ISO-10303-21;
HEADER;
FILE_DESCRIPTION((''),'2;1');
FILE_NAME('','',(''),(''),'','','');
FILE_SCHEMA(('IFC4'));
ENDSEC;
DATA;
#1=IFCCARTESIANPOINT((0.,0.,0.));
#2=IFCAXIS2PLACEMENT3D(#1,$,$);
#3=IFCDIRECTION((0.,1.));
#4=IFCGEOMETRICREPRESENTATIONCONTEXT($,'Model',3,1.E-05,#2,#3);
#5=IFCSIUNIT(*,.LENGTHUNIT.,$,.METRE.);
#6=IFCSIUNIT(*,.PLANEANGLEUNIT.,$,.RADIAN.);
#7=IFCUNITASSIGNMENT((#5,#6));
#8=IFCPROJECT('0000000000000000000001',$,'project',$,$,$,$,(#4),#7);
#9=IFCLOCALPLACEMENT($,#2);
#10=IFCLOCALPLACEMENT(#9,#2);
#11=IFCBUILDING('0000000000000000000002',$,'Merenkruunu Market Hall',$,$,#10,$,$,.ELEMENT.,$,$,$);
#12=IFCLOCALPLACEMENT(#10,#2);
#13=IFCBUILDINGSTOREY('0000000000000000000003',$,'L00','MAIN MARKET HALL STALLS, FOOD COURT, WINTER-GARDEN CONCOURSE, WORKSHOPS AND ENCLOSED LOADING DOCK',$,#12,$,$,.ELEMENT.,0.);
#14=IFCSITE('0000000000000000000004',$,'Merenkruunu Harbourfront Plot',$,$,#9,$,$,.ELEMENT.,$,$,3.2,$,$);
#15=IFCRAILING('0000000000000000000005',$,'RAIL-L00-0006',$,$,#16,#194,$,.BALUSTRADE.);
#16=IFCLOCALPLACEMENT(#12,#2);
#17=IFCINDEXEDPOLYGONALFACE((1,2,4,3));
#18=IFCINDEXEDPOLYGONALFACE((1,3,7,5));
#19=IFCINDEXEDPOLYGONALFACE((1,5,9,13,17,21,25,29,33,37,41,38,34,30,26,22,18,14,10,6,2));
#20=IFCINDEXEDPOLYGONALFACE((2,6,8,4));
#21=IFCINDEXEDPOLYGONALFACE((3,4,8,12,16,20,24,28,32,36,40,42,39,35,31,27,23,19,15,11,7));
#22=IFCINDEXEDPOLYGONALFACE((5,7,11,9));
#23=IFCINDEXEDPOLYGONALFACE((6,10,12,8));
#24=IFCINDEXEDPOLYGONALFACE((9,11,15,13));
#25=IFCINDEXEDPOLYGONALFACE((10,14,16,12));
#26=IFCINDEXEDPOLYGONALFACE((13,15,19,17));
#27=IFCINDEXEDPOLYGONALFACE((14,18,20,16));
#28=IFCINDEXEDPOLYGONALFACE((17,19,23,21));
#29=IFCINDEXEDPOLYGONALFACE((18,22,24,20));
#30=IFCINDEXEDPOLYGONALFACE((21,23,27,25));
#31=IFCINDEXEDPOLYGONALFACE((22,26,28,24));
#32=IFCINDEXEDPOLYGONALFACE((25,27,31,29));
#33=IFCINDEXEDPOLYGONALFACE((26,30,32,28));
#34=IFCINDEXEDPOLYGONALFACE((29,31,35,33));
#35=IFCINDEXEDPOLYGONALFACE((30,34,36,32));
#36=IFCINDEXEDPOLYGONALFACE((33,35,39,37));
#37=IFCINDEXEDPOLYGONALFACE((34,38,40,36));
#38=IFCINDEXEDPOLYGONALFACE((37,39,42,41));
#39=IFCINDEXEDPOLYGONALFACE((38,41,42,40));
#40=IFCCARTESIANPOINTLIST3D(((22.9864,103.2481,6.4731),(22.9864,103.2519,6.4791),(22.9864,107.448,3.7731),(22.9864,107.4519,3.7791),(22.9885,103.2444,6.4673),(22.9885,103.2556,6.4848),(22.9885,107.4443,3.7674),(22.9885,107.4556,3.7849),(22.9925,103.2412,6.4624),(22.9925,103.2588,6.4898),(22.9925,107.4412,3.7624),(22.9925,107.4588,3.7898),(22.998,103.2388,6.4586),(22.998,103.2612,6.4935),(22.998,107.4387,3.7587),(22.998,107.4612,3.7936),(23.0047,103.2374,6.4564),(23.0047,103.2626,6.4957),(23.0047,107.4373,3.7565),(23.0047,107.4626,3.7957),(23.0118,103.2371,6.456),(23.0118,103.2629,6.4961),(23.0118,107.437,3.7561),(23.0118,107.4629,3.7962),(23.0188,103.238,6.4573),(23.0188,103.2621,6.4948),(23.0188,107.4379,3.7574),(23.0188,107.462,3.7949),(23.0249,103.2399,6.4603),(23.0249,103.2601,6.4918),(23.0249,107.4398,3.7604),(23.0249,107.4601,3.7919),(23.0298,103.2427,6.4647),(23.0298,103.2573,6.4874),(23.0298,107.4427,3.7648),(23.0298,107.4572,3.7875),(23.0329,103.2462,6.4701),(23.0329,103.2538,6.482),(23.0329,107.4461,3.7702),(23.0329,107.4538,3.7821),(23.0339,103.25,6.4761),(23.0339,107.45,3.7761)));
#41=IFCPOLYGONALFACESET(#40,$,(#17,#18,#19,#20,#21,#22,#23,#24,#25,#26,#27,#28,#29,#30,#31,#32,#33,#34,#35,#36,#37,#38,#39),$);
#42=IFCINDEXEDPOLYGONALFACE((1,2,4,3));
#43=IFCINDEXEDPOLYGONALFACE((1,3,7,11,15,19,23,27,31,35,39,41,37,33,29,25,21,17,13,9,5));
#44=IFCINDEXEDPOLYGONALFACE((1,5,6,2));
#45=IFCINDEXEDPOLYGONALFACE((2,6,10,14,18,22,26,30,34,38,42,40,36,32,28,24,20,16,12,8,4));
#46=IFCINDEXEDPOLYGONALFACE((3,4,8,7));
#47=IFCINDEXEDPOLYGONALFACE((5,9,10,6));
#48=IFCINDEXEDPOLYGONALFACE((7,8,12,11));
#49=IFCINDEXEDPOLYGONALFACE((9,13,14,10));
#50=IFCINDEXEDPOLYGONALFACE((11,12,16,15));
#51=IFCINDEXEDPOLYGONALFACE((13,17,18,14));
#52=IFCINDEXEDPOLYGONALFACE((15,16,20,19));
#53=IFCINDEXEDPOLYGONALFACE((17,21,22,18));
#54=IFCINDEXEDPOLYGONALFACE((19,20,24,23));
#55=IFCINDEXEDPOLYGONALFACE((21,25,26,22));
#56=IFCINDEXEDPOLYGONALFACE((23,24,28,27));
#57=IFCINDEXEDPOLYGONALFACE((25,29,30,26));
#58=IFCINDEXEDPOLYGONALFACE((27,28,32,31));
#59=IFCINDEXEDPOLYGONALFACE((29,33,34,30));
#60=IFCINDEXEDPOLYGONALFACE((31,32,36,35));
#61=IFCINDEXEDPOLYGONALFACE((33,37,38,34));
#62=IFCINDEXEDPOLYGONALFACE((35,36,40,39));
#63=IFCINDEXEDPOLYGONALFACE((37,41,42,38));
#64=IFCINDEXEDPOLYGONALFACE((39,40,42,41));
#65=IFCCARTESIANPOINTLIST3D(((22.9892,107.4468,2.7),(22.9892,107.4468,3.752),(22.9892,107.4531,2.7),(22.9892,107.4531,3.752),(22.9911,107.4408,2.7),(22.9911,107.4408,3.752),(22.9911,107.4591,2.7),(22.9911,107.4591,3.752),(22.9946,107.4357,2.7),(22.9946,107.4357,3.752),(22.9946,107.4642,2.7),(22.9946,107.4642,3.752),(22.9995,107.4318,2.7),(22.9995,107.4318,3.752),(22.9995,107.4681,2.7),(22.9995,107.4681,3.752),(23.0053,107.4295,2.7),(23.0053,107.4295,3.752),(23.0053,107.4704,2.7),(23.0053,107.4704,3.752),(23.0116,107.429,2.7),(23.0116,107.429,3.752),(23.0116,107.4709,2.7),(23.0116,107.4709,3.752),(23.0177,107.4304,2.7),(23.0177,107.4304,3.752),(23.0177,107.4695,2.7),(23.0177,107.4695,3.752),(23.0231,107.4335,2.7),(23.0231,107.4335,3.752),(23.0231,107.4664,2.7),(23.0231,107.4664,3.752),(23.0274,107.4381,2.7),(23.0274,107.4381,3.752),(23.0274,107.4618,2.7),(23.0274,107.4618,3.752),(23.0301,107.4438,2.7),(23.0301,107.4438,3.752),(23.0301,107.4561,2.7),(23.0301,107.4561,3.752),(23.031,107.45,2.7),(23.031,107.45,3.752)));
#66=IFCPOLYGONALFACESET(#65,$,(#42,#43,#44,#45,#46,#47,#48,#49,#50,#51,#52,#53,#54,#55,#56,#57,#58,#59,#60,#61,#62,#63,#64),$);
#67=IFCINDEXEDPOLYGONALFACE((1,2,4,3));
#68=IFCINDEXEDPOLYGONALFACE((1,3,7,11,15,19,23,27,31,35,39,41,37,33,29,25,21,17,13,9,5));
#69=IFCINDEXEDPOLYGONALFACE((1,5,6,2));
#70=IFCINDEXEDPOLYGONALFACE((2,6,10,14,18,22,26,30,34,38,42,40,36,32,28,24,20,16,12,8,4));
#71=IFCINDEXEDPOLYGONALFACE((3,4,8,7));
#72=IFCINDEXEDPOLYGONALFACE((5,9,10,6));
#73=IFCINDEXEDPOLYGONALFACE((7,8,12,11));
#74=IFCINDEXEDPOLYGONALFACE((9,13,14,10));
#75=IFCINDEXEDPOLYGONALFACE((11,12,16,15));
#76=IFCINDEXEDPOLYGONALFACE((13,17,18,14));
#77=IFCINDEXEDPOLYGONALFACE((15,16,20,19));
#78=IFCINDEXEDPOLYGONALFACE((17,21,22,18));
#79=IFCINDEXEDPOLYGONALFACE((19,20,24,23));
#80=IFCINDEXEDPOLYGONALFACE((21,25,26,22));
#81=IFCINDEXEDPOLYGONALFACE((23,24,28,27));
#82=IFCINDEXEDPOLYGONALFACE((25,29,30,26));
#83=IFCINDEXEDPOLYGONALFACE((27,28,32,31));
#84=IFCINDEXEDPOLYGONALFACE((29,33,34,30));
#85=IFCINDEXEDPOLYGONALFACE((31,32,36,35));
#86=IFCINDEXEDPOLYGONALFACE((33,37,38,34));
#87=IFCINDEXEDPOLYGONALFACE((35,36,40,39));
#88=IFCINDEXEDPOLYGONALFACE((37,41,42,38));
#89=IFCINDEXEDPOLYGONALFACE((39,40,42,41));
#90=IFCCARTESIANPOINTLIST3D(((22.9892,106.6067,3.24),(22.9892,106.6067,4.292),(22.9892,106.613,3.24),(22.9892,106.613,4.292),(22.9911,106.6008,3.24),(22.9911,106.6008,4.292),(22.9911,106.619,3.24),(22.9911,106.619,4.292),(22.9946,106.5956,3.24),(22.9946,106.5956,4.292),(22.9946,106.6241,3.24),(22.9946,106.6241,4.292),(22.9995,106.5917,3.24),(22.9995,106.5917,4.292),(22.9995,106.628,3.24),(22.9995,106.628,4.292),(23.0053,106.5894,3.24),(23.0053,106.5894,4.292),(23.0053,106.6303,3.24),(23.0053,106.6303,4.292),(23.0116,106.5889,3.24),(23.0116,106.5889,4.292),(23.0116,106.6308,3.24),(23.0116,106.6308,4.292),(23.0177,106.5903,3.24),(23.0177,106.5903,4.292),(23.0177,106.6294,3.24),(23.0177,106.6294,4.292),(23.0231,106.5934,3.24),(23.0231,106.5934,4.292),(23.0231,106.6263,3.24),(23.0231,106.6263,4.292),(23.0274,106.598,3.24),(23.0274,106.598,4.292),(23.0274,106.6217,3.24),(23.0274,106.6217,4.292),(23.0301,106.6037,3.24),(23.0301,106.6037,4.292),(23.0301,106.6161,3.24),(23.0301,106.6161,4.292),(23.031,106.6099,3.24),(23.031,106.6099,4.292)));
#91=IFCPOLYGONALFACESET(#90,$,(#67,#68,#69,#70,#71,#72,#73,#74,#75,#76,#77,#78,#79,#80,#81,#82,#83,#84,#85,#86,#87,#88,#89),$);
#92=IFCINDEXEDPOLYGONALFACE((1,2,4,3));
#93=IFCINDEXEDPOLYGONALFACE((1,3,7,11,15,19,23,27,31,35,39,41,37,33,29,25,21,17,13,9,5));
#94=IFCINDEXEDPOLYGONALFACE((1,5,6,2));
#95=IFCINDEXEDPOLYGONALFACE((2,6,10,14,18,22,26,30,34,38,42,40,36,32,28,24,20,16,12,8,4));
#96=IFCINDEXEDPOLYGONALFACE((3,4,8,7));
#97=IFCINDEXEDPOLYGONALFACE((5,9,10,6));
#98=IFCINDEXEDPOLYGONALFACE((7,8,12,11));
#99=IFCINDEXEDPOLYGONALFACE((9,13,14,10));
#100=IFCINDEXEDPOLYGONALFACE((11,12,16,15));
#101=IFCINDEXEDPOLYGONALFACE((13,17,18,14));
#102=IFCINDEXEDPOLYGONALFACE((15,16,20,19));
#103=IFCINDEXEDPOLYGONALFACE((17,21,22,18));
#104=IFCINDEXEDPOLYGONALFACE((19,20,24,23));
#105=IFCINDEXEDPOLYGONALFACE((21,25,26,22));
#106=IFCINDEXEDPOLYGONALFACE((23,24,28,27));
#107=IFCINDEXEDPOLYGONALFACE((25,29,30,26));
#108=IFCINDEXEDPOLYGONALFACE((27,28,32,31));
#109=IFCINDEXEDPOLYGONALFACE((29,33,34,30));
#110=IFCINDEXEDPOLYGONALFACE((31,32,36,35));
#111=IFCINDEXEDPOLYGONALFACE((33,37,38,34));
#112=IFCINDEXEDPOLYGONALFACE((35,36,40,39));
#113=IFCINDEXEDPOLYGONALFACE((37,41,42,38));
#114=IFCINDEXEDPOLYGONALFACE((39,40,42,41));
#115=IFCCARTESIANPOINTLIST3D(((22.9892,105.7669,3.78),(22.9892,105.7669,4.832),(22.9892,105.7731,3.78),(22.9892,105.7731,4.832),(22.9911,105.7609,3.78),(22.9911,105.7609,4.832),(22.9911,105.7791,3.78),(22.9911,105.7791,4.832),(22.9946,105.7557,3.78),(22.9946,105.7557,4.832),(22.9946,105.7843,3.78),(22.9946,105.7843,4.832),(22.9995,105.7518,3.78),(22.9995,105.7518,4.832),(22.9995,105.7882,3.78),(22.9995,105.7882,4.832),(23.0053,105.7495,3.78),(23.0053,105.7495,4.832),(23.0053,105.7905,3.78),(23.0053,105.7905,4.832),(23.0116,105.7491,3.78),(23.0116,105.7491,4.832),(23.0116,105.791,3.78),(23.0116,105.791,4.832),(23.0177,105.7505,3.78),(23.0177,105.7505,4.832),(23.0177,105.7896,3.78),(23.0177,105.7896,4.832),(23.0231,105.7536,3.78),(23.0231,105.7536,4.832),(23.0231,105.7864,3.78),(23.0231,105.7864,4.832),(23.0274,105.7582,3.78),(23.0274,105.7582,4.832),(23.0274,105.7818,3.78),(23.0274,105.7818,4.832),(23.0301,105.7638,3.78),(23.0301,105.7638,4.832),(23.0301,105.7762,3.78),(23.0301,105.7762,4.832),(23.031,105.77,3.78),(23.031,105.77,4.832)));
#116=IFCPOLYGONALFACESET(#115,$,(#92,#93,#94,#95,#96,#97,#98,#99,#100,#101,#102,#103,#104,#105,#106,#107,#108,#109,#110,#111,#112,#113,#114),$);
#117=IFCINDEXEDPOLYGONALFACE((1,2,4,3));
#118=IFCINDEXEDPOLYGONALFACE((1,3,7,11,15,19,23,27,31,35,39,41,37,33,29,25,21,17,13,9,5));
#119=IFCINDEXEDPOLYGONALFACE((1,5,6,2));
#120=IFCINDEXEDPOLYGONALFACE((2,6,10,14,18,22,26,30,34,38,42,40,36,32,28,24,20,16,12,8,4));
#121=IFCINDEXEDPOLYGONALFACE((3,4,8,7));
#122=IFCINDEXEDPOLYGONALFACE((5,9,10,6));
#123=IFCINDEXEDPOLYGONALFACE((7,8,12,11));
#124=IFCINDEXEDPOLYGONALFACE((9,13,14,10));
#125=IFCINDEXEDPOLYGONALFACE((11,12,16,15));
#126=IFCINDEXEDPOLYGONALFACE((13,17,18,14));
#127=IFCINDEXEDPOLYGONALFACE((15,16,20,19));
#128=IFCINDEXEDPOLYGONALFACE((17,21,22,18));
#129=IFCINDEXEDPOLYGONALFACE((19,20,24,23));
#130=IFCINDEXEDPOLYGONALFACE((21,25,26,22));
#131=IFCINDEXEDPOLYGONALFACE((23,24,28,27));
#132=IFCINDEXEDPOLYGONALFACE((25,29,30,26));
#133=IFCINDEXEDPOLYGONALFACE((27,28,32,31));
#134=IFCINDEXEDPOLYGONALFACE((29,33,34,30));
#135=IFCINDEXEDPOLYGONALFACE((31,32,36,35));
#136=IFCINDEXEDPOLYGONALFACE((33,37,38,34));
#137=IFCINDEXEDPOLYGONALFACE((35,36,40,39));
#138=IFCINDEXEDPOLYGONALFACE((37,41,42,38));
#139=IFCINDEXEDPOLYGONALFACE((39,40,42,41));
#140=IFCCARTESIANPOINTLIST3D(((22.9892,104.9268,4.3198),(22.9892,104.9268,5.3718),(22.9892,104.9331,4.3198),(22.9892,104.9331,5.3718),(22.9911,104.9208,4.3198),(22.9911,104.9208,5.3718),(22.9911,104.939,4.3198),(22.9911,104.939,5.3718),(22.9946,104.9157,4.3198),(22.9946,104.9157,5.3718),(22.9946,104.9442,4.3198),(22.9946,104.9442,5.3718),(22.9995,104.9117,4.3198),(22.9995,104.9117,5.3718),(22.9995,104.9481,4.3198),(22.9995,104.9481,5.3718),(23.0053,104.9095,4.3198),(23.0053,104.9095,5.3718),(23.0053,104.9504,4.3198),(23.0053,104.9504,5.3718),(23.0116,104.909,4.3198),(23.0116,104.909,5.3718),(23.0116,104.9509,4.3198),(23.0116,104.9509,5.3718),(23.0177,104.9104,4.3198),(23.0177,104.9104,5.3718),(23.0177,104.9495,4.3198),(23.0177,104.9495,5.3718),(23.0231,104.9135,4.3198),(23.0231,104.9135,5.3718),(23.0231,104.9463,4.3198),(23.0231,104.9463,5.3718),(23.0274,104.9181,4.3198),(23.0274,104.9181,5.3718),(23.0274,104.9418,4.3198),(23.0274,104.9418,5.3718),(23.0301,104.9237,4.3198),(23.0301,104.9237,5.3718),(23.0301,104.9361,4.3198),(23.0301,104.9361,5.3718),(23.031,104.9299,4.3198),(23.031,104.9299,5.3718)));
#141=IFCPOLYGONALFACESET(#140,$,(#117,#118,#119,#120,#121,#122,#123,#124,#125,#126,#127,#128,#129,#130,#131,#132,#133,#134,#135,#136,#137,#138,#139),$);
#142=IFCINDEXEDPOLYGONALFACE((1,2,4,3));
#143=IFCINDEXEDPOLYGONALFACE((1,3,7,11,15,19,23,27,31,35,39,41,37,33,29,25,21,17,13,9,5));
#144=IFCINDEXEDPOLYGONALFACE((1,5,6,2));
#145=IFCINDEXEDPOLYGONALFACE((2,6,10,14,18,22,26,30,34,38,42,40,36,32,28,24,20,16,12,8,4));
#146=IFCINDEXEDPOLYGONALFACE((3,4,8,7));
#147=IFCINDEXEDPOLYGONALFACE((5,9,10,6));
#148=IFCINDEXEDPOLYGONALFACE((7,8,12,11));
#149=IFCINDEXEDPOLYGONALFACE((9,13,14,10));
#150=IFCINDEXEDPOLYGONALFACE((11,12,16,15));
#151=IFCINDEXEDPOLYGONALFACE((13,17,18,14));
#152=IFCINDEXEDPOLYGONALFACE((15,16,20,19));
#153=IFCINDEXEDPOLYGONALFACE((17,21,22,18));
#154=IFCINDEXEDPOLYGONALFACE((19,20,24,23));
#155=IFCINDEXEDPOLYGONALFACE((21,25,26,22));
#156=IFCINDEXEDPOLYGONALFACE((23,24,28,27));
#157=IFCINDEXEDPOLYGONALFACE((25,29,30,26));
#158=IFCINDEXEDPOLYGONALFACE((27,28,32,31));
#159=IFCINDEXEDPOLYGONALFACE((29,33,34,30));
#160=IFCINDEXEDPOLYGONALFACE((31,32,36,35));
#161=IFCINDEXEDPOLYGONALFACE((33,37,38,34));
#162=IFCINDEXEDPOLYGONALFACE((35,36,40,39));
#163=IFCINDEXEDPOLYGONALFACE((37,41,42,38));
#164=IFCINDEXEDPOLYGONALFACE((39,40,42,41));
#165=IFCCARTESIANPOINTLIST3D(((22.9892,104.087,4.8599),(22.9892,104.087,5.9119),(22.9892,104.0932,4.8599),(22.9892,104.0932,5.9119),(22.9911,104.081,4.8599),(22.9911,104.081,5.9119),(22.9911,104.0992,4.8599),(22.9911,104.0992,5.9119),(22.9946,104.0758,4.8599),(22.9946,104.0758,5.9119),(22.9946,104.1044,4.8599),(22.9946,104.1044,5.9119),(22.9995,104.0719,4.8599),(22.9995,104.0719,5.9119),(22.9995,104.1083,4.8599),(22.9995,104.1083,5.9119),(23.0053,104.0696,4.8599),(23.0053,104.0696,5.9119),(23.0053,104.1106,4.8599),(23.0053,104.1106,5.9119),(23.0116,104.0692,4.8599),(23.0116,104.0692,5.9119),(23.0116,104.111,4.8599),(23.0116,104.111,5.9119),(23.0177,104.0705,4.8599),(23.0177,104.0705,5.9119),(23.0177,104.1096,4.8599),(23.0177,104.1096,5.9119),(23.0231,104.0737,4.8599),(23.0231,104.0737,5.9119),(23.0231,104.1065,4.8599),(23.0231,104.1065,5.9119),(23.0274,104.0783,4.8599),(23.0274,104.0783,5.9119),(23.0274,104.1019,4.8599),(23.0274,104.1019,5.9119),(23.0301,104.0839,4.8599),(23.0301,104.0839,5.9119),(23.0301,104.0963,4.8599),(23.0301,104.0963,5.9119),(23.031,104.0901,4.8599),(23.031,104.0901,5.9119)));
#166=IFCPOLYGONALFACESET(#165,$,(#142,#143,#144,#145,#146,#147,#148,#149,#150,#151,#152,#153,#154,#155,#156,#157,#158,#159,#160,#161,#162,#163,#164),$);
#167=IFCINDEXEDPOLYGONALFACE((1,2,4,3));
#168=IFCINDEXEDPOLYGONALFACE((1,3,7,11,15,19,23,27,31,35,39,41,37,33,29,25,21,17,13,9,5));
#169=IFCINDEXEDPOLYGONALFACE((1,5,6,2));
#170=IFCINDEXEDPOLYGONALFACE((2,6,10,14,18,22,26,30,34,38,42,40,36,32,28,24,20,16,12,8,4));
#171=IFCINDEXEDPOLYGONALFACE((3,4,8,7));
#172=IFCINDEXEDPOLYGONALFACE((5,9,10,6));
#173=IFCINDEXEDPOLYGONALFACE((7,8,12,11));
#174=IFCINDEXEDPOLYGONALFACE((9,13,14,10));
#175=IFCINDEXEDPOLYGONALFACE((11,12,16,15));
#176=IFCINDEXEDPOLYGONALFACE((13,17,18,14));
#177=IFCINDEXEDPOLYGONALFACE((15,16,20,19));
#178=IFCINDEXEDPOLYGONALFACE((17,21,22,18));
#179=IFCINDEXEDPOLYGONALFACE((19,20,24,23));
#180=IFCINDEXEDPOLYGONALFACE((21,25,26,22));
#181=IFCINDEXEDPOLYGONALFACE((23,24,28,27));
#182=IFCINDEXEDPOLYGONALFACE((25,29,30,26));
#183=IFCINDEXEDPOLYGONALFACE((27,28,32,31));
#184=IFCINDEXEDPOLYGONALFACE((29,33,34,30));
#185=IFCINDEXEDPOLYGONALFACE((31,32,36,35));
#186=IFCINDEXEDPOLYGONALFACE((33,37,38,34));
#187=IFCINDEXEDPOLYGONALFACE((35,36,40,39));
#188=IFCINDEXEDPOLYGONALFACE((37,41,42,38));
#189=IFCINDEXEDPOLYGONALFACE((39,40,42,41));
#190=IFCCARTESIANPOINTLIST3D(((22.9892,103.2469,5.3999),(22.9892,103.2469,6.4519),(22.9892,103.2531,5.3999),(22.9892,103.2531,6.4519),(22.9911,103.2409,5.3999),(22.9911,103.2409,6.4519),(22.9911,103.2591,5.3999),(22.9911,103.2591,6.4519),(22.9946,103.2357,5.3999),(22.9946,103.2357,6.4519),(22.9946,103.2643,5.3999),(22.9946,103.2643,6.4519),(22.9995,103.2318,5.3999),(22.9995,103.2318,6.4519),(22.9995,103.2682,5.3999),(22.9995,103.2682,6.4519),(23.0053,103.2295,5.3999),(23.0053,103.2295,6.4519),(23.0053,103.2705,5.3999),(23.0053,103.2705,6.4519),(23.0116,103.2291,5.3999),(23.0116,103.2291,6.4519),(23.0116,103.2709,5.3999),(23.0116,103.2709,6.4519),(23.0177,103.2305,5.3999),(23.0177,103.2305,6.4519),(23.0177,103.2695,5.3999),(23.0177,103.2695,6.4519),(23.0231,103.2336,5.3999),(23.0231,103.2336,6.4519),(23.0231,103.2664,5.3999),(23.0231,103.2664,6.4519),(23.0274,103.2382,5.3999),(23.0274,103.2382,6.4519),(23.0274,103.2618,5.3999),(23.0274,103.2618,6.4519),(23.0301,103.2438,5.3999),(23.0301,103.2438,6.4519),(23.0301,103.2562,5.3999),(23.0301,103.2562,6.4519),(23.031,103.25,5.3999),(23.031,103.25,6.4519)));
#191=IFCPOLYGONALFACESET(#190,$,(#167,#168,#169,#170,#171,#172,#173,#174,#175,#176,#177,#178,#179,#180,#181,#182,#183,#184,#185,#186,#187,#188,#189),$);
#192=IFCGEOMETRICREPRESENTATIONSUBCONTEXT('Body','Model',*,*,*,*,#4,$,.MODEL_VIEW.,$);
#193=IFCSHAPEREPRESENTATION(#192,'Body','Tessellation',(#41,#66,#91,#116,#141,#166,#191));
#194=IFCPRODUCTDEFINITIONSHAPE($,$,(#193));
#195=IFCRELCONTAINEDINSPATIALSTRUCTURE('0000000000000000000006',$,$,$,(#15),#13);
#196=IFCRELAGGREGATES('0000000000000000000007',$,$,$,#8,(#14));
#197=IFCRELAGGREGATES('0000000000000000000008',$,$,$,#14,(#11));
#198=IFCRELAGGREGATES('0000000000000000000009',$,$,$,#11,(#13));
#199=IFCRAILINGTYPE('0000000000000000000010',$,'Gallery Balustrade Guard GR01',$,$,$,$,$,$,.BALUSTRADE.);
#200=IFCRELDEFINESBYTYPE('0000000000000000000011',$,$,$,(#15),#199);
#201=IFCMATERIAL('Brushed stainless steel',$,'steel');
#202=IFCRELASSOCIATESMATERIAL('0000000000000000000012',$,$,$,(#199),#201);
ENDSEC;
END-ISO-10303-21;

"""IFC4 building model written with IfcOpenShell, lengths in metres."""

from ifc_helpers import new_model, si_unit, direction, frame, origin, origin_2d, place, context, subcontext, project, spatial, circle, extrude, material, type_object, element, save


model = new_model("IFC4")

# Units and contexts
model_context = context("Model", 3, precision=1e-05, world=origin(), true_north=direction((0.0, 1.0)))
body_context = subcontext(model_context, "Body", "Model", "MODEL_VIEW")
ifc_project = project(units=[si_unit("LENGTHUNIT", "METRE"), si_unit("PLANEANGLEUNIT", "RADIAN")], contexts=[model_context])

# Site, building, storey
site_placement = place(None, origin())
site = spatial("IfcSite", under=ifc_project, at=site_placement, Name="Merenkruunu Harbourfront Plot", CompositionType="ELEMENT", RefElevation=3.2)
building_placement = place(site_placement, origin())
building = spatial("IfcBuilding", under=site, at=building_placement, Name="Merenkruunu Market Hall", CompositionType="ELEMENT")
storey_placement = place(building_placement, origin())
storey = spatial("IfcBuildingStorey", under=building, at=storey_placement, Name="L00", Description="MAIN MARKET HALL STALLS, FOOD COURT, WINTER-GARDEN CONCOURSE, WORKSHOPS AND ENCLOSED LOADING DOCK", CompositionType="ELEMENT", Elevation=0.0)

# Railing
ifc_material_1 = material(Name="Brushed stainless steel", Category="steel")
railing_type_1 = type_object("IfcRailingType", Name="Gallery Balustrade Guard GR01", PredefinedType="BALUSTRADE", material=ifc_material_1)
railing_1_placement = place(storey_placement, frame((23.01, 107.45, 2.7)))
element("IfcRailing", 1, at=railing_1_placement, inside=storey, type_object=railing_type_1, Name="RAIL-L00-0006", PredefinedType="BALUSTRADE", context=body_context, shape_type="SweptSolid", body=[
    extrude(circle(Radius=0.0239, at=origin_2d()), frame((0.0, 0.0, 1.0762), z_axis=(0.0, -0.84118, 0.540755), x_axis=(1.0, 0.0, 0.0)), (0.0, 0.0, 1.0), 4.9929),
    extrude(circle(Radius=0.021, at=origin_2d()), origin(), (0.0, 0.0, 1.0), 1.052),
    extrude(circle(Radius=0.021, at=origin_2d()), frame((0.0, -0.8401, 0.54)), (0.0, 0.0, 1.0), 1.052),
    extrude(circle(Radius=0.021, at=origin_2d()), frame((0.0, -1.6799, 1.0801)), (0.0, 0.0, 1.0), 1.052),
    extrude(circle(Radius=0.021, at=origin_2d()), frame((0.0, -2.52, 1.6199)), (0.0, 0.0, 1.0), 1.052),
    extrude(circle(Radius=0.021, at=origin_2d()), frame((0.0, -3.3599, 2.1599)), (0.0, 0.0, 1.0), 1.052),
    extrude(circle(Radius=0.021, at=origin_2d()), frame((0.0, -4.2, 2.7)), (0.0, 0.0, 1.0), 1.052),
])

save(model, "model.ifc")
